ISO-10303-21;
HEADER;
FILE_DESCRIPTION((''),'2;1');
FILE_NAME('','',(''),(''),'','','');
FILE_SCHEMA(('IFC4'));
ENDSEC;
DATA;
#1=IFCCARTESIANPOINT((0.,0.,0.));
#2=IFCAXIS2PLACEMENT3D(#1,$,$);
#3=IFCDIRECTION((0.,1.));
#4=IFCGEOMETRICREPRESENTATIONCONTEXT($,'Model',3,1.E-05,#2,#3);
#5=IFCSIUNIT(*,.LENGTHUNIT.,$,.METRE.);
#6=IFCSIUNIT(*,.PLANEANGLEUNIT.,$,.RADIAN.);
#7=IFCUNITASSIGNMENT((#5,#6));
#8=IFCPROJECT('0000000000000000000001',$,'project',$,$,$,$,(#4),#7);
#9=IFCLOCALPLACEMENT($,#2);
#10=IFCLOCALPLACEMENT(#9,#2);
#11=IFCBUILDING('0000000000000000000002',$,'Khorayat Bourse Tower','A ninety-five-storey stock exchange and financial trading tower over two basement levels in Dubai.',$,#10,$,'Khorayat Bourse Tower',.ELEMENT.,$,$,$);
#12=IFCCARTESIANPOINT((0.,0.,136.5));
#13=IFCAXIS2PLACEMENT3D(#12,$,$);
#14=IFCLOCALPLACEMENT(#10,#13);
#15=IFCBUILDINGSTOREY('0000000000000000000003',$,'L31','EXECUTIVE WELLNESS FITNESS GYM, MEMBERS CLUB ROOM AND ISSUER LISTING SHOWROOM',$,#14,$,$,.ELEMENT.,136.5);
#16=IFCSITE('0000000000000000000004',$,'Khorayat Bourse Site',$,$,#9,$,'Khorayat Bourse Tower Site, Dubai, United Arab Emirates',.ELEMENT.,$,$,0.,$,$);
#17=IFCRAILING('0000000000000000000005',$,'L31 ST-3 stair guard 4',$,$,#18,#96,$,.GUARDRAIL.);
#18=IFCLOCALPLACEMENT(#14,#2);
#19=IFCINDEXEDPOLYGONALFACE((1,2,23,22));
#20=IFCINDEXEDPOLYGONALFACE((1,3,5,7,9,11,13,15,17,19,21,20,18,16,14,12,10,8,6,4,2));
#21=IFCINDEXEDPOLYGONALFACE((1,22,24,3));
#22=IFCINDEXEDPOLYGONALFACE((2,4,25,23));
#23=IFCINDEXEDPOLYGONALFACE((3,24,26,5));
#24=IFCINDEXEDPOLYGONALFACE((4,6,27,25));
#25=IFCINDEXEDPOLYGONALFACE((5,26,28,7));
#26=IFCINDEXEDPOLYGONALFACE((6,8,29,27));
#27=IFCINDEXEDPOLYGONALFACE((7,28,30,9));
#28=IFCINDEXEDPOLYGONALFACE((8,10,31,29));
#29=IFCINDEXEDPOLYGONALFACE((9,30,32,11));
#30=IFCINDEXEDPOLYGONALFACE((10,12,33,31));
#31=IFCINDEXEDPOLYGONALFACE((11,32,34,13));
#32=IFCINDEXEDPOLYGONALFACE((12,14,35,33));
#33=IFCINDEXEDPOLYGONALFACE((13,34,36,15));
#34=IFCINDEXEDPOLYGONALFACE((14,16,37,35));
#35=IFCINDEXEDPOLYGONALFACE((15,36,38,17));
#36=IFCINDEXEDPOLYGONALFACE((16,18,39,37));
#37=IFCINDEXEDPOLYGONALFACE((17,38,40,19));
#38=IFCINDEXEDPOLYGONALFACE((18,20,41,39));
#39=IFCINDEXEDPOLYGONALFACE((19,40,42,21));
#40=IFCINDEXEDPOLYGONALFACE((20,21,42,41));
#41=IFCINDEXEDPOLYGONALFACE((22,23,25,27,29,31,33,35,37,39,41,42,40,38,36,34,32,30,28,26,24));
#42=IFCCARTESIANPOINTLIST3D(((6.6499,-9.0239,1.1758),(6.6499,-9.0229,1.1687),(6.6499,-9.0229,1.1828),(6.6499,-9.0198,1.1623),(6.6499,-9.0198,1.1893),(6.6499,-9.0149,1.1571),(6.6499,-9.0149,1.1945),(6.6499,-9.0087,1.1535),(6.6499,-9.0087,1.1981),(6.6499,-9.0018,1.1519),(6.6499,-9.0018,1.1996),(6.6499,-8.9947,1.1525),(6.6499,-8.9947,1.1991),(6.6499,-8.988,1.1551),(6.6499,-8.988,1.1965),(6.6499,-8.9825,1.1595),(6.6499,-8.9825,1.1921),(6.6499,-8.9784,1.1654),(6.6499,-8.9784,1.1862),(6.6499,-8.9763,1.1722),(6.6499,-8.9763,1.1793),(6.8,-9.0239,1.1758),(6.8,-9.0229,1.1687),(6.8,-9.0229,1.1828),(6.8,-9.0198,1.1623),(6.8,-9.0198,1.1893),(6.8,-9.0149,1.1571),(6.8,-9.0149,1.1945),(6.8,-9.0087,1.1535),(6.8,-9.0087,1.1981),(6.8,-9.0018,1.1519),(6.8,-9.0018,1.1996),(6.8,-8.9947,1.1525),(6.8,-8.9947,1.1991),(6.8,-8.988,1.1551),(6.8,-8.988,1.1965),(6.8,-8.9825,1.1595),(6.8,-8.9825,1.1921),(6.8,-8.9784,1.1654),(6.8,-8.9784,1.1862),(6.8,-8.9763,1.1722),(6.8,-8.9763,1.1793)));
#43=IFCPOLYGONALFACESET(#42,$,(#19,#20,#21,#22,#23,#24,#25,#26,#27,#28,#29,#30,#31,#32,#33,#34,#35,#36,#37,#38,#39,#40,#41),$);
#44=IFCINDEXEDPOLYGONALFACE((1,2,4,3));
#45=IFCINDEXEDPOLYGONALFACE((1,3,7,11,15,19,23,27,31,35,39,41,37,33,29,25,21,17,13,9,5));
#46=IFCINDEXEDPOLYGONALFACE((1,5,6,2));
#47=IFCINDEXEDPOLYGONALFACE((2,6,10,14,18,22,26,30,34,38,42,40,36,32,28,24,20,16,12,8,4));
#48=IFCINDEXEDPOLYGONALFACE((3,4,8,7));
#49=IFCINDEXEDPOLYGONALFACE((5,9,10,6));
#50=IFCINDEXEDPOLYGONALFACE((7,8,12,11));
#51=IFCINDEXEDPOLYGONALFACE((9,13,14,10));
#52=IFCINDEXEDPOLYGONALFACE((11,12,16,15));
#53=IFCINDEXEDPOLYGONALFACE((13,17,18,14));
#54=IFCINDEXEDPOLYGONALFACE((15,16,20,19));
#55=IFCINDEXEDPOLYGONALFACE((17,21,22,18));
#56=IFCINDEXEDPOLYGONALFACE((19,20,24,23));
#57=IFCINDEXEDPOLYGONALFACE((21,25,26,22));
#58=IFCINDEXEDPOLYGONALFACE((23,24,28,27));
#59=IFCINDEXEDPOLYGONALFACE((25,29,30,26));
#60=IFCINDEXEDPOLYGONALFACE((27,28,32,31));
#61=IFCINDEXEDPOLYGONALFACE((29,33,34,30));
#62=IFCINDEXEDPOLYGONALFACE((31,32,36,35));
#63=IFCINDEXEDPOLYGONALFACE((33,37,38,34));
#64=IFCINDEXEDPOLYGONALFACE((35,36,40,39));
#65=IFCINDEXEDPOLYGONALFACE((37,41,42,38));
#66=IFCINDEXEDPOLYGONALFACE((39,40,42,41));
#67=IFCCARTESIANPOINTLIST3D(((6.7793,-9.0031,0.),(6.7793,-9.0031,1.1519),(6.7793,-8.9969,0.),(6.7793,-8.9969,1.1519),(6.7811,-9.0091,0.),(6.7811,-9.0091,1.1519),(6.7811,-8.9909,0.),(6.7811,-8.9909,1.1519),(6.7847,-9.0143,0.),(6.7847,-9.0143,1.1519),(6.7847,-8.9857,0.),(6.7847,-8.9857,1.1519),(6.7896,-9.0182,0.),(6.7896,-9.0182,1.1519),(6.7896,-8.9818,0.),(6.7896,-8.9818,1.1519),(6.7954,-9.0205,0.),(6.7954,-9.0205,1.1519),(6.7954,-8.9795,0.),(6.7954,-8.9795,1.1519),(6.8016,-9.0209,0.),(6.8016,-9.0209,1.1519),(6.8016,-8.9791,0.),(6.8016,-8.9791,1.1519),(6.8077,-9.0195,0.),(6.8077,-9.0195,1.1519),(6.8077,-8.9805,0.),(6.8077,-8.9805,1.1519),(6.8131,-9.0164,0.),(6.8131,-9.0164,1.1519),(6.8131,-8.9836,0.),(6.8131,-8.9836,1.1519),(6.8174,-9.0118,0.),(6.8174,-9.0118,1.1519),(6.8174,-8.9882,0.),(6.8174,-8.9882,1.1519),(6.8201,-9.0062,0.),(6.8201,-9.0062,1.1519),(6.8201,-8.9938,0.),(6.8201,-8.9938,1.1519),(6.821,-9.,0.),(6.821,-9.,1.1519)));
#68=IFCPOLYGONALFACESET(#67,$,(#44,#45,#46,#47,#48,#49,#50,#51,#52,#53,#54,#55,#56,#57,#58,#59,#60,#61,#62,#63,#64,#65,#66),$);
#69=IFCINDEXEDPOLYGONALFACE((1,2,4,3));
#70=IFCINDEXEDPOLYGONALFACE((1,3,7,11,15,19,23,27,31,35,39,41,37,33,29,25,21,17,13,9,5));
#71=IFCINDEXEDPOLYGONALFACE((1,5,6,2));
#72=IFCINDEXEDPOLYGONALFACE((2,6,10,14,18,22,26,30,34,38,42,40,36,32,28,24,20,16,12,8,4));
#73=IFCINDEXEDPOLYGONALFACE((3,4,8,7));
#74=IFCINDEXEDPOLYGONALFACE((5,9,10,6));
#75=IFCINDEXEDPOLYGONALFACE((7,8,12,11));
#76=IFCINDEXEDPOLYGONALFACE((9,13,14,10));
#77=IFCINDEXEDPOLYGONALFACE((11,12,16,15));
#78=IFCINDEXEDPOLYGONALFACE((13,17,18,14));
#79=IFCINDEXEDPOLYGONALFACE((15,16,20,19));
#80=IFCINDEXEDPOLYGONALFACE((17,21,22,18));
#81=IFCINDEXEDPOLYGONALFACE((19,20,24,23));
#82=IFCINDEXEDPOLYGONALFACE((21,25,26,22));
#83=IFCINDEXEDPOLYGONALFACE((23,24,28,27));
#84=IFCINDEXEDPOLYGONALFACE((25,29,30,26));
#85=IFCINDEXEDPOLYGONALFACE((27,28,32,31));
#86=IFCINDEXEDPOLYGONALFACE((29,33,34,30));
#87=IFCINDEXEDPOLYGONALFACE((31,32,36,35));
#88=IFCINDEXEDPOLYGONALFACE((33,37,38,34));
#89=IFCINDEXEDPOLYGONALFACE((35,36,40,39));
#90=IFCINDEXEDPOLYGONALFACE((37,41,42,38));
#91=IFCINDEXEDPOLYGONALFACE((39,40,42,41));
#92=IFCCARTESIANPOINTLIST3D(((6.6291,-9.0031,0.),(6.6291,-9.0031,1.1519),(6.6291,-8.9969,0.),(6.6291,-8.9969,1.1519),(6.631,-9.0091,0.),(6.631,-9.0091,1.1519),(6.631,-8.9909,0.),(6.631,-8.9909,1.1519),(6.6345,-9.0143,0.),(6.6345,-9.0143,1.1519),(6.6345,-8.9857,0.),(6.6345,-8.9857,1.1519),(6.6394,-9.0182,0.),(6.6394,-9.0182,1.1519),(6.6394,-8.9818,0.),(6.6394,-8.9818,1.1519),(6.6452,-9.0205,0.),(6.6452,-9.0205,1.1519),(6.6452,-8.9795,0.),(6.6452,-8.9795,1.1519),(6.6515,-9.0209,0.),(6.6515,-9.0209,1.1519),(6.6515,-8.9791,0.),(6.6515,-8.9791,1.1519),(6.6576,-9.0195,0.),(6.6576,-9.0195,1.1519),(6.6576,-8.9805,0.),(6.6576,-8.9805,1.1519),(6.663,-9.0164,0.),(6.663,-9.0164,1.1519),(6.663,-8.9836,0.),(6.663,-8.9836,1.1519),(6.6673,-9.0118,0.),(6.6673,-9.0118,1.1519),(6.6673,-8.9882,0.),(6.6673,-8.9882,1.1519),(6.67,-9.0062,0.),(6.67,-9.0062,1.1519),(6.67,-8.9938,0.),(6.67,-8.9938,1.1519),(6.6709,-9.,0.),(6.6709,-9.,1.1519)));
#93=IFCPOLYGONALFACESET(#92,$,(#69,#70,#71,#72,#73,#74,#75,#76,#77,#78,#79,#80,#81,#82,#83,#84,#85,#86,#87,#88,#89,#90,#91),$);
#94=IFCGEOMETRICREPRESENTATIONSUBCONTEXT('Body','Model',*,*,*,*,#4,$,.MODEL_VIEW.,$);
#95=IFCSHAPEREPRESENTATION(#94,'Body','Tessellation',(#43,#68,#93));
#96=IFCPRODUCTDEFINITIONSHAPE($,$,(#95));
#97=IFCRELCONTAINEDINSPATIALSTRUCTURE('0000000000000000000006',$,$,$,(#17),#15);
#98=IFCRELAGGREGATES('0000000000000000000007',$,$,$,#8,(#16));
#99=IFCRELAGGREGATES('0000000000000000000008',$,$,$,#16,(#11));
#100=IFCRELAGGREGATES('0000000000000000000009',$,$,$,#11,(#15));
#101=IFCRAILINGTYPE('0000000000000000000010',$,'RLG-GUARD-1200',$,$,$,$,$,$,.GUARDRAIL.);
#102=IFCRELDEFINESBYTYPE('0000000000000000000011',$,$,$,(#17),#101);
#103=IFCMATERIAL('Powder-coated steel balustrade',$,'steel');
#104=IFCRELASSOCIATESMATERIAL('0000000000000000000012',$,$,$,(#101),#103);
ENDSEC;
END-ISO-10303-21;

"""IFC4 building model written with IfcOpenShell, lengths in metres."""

from ifc_helpers import new_model, si_unit, direction, frame, origin, origin_2d, place, context, subcontext, project, spatial, circle, extrude, source, transform, mapped, material, type_object, element, save


model = new_model("IFC4")

# Units and contexts
model_context = context("Model", 3, precision=1e-05, world=origin(), true_north=direction((0.0, 1.0)))
body_context = subcontext(model_context, "Body", "Model", "MODEL_VIEW")
ifc_project = project(units=[si_unit("LENGTHUNIT", "METRE"), si_unit("PLANEANGLEUNIT", "RADIAN")], contexts=[model_context])

# Site, building, storey
site_placement = place(None, origin())
site = spatial("IfcSite", under=ifc_project, at=site_placement, Name="Khorayat Bourse Site", LongName="Khorayat Bourse Tower Site, Dubai, United Arab Emirates", CompositionType="ELEMENT", RefElevation=0.0)
building_placement = place(site_placement, origin())
building = spatial("IfcBuilding", under=site, at=building_placement, Name="Khorayat Bourse Tower", Description="A ninety-five-storey stock exchange and financial trading tower over two basement levels in Dubai.", LongName="Khorayat Bourse Tower", CompositionType="ELEMENT")
storey_placement = place(building_placement, frame((0.0, 0.0, 136.5)))
storey = spatial("IfcBuildingStorey", under=building, at=storey_placement, Name="L31", Description="EXECUTIVE WELLNESS FITNESS GYM, MEMBERS CLUB ROOM AND ISSUER LISTING SHOWROOM", CompositionType="ELEMENT", Elevation=136.5)

# Railing
ifc_material_1 = material(Name="Powder-coated steel balustrade", Category="steel")
railing_type_1 = type_object("IfcRailingType", Name="RLG-GUARD-1200", PredefinedType="GUARDRAIL", material=ifc_material_1)
shared_shape_1 = source(origin(), body_context, "Body", "SweptSolid", [
    extrude(circle(Radius=0.0239, at=origin_2d()), frame((0.0, 0.0, 1.1758), z_axis=(-1.0, 0.0, 0.0), x_axis=(0.0, -1.0, 0.0)), (0.0, 0.0, 1.0), 0.1501),
    extrude(circle(Radius=0.021, at=origin_2d()), origin(), (0.0, 0.0, 1.0), 1.1519),
    extrude(circle(Radius=0.021, at=origin_2d()), frame((-0.1501, 0.0, 0.0)), (0.0, 0.0, 1.0), 1.1519),
])
for number, where, name in (
    (1, (6.8, -9.0, 0.0), "L31 ST-3 stair guard 4"),
):
    element("IfcRailing", number, at=place(storey_placement, frame(where)), inside=storey, type_object=railing_type_1, Name=name, PredefinedType="GUARDRAIL", context=body_context, shape_type="MappedRepresentation", body=[
        mapped(shared_shape_1, transform((0.0, 0.0, 0.0), scale=1.0)),
    ])

save(model, "model.ifc")
